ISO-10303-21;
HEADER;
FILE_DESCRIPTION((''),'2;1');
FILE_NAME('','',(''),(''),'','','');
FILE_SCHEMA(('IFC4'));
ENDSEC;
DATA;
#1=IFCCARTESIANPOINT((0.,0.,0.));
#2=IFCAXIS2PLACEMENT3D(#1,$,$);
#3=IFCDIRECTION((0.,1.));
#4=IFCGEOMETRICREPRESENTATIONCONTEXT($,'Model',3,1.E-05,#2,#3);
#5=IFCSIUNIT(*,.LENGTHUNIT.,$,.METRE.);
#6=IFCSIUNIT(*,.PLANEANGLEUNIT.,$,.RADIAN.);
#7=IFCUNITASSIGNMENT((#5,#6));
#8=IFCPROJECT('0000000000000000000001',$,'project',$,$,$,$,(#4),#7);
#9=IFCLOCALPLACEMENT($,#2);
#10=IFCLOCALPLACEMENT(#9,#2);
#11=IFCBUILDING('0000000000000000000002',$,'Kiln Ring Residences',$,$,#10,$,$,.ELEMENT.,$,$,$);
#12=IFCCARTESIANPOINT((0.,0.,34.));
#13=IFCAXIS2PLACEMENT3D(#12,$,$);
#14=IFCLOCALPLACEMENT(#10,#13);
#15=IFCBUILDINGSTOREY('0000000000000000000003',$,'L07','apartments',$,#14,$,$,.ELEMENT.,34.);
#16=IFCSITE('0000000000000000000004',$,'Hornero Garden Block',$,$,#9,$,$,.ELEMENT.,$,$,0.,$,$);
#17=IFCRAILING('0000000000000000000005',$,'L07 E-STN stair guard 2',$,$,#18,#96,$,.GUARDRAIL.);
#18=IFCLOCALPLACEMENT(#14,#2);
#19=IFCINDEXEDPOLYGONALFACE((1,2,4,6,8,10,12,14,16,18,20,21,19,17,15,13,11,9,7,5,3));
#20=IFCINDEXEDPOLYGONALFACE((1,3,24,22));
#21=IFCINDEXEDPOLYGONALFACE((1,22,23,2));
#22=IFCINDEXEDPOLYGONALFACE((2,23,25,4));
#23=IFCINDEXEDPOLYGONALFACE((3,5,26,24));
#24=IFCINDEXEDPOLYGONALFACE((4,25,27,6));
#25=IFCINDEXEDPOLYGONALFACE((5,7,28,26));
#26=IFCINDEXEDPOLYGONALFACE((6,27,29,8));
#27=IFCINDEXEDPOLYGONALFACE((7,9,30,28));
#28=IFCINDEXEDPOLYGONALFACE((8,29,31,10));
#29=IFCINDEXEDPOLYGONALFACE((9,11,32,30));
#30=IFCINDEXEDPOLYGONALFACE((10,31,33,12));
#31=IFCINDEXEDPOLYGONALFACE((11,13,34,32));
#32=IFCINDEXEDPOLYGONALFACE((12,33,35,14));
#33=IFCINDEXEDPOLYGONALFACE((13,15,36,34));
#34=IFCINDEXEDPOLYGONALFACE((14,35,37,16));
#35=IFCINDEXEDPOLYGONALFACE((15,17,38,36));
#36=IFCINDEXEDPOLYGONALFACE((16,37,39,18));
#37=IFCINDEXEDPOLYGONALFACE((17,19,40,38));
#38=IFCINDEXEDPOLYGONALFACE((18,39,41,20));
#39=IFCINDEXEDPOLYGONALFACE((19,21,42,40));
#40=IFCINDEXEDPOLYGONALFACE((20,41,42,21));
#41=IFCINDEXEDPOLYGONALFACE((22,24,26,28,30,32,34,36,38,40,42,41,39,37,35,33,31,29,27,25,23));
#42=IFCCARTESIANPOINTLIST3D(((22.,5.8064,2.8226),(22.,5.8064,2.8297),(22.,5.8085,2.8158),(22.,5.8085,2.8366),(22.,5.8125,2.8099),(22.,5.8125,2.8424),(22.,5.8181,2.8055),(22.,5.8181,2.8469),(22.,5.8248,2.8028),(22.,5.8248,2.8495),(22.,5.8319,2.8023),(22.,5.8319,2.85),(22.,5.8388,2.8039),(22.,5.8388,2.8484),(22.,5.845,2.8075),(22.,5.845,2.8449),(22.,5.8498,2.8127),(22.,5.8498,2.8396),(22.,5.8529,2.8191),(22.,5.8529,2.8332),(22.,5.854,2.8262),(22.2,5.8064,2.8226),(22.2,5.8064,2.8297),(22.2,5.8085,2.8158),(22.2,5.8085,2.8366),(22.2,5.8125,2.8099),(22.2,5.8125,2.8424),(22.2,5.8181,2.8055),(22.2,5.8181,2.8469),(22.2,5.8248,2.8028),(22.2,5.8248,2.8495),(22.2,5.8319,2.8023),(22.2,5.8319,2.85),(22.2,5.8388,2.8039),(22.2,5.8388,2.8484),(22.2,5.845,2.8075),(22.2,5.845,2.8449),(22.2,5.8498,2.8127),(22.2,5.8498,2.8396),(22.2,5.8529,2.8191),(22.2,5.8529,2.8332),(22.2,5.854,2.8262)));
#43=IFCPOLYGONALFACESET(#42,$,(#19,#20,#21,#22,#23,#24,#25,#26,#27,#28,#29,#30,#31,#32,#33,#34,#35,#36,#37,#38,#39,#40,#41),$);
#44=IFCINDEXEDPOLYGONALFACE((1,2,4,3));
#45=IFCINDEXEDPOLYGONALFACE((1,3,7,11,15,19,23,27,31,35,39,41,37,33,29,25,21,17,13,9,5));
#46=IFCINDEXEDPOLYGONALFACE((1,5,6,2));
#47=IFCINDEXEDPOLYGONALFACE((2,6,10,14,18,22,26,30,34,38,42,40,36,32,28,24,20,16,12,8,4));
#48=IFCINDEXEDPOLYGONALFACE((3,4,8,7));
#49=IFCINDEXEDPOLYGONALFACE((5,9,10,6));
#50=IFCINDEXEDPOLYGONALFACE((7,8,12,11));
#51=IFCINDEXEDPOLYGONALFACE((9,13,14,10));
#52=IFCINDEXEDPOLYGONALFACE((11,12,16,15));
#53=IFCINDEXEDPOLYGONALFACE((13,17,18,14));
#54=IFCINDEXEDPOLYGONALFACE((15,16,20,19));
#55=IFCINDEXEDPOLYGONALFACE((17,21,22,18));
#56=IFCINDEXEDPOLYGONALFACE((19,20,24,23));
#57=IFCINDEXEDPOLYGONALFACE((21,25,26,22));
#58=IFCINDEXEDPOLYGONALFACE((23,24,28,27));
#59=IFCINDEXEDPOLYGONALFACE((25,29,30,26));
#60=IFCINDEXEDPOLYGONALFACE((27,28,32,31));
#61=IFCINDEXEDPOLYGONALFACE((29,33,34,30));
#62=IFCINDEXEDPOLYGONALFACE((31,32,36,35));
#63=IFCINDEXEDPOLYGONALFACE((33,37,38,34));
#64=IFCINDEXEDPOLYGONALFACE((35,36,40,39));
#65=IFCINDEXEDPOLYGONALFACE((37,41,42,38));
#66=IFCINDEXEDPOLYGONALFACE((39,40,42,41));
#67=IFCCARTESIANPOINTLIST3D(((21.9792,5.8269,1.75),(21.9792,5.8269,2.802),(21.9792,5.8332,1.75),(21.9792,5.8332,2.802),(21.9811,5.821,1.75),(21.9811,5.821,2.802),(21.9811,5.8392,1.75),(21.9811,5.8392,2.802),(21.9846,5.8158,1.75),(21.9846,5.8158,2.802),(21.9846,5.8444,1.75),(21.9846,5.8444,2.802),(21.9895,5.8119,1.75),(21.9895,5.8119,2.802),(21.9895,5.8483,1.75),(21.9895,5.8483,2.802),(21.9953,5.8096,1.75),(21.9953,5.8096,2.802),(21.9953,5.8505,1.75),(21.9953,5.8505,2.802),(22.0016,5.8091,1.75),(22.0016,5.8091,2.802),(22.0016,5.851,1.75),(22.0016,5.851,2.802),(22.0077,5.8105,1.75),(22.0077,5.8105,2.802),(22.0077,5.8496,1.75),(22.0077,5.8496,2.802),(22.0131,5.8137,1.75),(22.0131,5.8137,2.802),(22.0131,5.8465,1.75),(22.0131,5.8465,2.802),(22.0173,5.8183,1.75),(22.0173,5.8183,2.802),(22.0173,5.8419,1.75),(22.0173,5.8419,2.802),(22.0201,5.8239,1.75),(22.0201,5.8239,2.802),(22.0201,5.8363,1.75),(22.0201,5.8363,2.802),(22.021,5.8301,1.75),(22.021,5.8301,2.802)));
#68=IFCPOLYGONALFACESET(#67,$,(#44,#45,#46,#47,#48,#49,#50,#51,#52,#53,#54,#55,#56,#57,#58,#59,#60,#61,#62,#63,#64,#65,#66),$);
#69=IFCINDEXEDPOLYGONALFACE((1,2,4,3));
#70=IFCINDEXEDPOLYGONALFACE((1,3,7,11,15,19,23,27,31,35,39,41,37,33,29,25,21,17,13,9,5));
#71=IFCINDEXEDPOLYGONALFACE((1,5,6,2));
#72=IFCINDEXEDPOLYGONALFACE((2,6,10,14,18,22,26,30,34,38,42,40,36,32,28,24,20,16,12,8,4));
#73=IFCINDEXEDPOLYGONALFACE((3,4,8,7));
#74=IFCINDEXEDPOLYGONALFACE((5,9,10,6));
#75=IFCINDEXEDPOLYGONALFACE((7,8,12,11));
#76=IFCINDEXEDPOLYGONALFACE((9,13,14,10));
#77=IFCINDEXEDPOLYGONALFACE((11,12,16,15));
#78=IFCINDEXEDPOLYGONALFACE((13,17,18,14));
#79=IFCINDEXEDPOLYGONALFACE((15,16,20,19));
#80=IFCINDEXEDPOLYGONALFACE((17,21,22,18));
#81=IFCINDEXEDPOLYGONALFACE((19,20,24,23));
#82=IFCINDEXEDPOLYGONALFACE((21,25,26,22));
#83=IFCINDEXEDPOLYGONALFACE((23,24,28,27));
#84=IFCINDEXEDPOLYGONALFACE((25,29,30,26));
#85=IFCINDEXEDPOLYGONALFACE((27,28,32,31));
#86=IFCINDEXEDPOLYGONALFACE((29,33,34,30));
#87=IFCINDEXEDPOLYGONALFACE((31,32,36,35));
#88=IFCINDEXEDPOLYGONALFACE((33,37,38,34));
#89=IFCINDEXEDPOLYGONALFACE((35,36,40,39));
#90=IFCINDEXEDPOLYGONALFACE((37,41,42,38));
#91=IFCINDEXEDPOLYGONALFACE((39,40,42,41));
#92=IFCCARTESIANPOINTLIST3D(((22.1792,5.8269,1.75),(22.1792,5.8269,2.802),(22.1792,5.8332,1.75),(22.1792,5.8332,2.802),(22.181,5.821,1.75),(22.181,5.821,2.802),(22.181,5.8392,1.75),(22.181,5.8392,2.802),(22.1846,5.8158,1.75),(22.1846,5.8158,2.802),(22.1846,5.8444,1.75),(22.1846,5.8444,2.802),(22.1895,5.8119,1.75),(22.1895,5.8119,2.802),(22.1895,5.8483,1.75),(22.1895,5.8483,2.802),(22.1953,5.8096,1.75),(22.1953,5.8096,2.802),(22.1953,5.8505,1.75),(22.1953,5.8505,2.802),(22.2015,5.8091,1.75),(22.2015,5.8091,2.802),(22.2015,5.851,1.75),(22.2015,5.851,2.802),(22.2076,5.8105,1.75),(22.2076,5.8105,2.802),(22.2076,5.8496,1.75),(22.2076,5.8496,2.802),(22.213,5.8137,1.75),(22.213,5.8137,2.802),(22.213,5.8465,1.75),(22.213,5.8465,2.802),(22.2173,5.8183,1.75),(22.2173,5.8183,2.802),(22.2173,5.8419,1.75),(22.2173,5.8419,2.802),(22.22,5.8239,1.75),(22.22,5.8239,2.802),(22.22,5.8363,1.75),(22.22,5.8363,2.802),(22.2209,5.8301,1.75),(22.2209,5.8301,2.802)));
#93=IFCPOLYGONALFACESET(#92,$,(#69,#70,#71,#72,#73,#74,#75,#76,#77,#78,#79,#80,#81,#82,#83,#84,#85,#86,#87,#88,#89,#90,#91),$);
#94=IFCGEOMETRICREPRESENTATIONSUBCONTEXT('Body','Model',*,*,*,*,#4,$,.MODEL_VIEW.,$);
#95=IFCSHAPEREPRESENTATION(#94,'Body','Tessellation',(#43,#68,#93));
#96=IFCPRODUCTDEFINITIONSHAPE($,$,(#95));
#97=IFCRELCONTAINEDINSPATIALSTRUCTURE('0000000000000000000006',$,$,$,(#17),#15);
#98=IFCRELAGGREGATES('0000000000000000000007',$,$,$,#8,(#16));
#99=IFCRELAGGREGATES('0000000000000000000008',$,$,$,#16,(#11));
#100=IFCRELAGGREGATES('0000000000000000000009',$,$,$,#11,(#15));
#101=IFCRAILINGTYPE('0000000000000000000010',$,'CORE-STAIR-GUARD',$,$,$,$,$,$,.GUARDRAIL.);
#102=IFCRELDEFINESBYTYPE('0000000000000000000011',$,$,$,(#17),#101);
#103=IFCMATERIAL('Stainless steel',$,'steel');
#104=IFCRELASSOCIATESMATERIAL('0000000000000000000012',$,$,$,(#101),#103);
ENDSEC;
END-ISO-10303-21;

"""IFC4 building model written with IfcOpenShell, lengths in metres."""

from ifc_helpers import new_model, si_unit, direction, frame, origin, origin_2d, place, context, subcontext, project, spatial, circle, extrude, material, type_object, element, save


model = new_model("IFC4")

# Units and contexts
model_context = context("Model", 3, precision=1e-05, world=origin(), true_north=direction((0.0, 1.0)))
body_context = subcontext(model_context, "Body", "Model", "MODEL_VIEW")
ifc_project = project(units=[si_unit("LENGTHUNIT", "METRE"), si_unit("PLANEANGLEUNIT", "RADIAN")], contexts=[model_context])

# Site, building, storey
site_placement = place(None, origin())
site = spatial("IfcSite", under=ifc_project, at=site_placement, Name="Hornero Garden Block", CompositionType="ELEMENT", RefElevation=0.0)
building_placement = place(site_placement, origin())
building = spatial("IfcBuilding", under=site, at=building_placement, Name="Kiln Ring Residences", CompositionType="ELEMENT")
storey_placement = place(building_placement, frame((0.0, 0.0, 34.0)))
storey = spatial("IfcBuildingStorey", under=building, at=storey_placement, Name="L07", Description="apartments", CompositionType="ELEMENT", Elevation=34.0)

# Railing
ifc_material_1 = material(Name="Stainless steel", Category="steel")
railing_type_1 = type_object("IfcRailingType", Name="CORE-STAIR-GUARD", PredefinedType="GUARDRAIL", material=ifc_material_1)
railing_1_placement = place(storey_placement, frame((22.0, 5.8301, 1.75)))
element("IfcRailing", 1, at=railing_1_placement, inside=storey, type_object=railing_type_1, Name="L07 E-STN stair guard 2", PredefinedType="GUARDRAIL", context=body_context, shape_type="SweptSolid", body=[
    extrude(circle(Radius=0.0239, at=origin_2d()), frame((0.0, 0.0, 1.0762), z_axis=(1.0, 0.0, 0.0), x_axis=(0.0, 1.0, 0.0)), (0.0, 0.0, 1.0), 0.2),
    extrude(circle(Radius=0.021, at=origin_2d()), origin(), (0.0, 0.0, 1.0), 1.052),
    extrude(circle(Radius=0.021, at=origin_2d()), frame((0.2, 0.0, 0.0)), (0.0, 0.0, 1.0), 1.052),
])

save(model, "model.ifc")
